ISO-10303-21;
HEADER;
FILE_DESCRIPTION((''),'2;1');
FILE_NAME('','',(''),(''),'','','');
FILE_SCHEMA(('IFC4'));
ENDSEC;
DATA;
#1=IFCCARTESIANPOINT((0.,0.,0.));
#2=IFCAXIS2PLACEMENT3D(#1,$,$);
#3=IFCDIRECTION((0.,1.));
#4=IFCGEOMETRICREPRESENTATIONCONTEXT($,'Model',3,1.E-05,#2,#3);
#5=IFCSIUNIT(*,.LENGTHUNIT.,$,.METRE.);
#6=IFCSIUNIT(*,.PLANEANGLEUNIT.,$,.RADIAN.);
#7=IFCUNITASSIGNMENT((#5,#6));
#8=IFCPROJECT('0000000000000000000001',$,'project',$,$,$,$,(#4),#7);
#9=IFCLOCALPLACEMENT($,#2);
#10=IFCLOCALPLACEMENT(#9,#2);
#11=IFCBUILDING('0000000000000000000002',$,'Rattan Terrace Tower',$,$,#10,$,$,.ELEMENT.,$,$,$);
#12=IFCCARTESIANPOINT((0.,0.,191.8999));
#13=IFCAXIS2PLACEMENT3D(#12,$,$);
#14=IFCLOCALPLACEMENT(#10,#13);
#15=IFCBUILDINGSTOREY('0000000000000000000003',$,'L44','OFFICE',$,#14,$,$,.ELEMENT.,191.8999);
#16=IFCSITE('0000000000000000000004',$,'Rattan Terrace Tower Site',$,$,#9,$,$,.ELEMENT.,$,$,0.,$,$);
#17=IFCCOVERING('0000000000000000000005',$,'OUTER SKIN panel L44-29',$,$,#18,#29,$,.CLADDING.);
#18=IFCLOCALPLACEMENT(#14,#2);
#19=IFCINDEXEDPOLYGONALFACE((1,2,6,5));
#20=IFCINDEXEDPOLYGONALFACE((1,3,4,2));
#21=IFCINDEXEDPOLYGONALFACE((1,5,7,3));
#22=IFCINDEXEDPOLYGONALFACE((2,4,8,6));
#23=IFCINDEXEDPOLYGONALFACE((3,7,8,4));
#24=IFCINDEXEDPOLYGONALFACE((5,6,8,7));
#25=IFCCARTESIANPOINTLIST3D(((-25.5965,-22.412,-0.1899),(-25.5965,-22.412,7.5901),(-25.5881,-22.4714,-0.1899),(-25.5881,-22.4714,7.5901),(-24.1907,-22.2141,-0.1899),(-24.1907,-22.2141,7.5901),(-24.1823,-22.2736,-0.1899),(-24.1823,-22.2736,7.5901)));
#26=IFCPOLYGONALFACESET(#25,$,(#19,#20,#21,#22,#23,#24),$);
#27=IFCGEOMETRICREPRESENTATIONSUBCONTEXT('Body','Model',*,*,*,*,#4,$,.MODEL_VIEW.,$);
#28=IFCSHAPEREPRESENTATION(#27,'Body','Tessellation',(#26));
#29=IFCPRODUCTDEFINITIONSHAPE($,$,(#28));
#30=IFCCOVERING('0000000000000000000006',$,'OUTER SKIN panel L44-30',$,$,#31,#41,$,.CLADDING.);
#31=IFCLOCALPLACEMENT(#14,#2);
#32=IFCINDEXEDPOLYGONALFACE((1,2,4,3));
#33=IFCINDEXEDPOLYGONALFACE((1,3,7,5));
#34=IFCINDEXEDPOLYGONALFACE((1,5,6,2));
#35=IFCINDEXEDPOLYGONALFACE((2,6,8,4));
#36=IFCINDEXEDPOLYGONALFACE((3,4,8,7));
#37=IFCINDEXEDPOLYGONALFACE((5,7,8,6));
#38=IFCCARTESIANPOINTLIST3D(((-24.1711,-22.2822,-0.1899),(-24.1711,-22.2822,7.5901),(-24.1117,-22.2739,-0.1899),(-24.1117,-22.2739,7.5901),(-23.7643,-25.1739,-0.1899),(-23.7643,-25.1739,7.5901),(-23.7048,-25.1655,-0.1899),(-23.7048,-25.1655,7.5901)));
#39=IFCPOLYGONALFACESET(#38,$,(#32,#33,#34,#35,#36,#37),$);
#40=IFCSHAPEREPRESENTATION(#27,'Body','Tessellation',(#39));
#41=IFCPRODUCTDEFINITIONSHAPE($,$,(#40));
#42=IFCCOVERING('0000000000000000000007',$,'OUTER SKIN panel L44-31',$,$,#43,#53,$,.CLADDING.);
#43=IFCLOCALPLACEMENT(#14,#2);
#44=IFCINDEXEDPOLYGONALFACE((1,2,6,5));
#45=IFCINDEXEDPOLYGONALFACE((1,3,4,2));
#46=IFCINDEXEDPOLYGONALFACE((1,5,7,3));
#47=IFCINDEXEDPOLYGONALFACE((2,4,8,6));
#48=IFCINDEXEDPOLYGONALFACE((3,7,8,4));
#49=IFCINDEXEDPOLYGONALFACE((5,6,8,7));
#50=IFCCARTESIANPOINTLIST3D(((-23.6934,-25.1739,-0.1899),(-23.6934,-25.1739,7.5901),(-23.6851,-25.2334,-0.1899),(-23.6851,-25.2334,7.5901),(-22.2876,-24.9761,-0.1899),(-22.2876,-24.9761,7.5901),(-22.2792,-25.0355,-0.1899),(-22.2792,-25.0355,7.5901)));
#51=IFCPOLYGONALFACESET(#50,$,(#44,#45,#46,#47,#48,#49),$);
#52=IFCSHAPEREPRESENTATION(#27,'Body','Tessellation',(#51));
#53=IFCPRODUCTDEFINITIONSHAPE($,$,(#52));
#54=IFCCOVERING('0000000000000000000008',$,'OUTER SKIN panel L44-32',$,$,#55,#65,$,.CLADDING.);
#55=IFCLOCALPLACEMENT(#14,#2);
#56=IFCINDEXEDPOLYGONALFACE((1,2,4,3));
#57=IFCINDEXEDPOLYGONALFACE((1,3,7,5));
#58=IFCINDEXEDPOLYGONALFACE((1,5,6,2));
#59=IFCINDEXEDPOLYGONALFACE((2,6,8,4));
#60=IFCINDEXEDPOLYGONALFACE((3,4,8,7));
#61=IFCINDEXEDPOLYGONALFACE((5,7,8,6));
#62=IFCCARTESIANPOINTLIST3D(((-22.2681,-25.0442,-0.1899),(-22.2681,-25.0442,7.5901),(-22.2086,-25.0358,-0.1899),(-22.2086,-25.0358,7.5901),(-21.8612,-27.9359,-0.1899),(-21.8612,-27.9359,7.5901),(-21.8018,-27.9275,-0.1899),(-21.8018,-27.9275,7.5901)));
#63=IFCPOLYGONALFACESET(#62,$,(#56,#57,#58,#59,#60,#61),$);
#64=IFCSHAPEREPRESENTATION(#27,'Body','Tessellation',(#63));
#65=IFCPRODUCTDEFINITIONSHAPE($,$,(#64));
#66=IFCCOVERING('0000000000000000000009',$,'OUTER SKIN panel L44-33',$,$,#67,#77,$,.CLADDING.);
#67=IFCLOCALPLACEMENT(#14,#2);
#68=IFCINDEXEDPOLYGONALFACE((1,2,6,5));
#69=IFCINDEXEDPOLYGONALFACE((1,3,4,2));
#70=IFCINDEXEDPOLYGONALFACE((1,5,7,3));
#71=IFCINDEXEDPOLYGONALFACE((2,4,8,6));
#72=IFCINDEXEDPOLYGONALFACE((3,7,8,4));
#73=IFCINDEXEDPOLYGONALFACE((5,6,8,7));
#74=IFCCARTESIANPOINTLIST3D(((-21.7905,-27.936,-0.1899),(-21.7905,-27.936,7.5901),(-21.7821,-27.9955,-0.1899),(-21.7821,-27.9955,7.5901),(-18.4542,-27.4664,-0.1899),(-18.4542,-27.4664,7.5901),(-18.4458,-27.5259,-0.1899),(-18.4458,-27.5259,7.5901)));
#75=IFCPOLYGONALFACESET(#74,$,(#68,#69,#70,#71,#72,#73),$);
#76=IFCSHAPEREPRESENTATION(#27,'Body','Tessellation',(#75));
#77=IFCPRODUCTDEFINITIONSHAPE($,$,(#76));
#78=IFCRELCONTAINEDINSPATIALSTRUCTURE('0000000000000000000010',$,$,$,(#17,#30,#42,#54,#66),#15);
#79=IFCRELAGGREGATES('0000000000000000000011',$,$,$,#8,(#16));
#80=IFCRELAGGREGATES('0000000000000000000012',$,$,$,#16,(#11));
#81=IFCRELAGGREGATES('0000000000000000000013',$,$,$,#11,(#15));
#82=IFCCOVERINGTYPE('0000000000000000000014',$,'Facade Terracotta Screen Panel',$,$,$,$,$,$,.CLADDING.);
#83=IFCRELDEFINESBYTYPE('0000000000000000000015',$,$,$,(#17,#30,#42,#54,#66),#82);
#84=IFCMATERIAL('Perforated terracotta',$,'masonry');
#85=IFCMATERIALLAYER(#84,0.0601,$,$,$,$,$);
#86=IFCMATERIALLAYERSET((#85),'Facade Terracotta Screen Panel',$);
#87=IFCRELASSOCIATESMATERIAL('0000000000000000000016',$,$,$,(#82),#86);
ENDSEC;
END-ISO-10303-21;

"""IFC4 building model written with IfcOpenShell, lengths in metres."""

from ifc_helpers import new_model, si_unit, direction, frame, origin, origin_2d, place, context, subcontext, project, spatial, rectangle, extrude, material, layer, layer_set, type_object, element, save


model = new_model("IFC4")

# Units and contexts
model_context = context("Model", 3, precision=1e-05, world=origin(), true_north=direction((0.0, 1.0)))
body_context = subcontext(model_context, "Body", "Model", "MODEL_VIEW")
ifc_project = project(units=[si_unit("LENGTHUNIT", "METRE"), si_unit("PLANEANGLEUNIT", "RADIAN")], contexts=[model_context])

# Site, building, storey
site_placement = place(None, origin())
site = spatial("IfcSite", under=ifc_project, at=site_placement, Name="Rattan Terrace Tower Site", CompositionType="ELEMENT", RefElevation=0.0)
building_placement = place(site_placement, origin())
building = spatial("IfcBuilding", under=site, at=building_placement, Name="Rattan Terrace Tower", CompositionType="ELEMENT")
storey_placement = place(building_placement, frame((0.0, 0.0, 191.8999)))
storey = spatial("IfcBuildingStorey", under=building, at=storey_placement, Name="L44", Description="OFFICE", CompositionType="ELEMENT", Elevation=191.8999)

# Coverings
ifc_material_1 = material(Name="Perforated terracotta", Category="masonry")
ifc_layer_1 = layer(ifc_material_1, 0.0601)
ifc_layer_set_1 = layer_set([ifc_layer_1], Name="Facade Terracotta Screen Panel")
covering_type = type_object("IfcCoveringType", Name="Facade Terracotta Screen Panel", PredefinedType="CLADDING", material=ifc_layer_set_1)
covering_1_placement = place(storey_placement, frame((-24.8894, -22.3428, -0.1899), z_axis=(0.0, 0.0, 1.0), x_axis=(0.990241, 0.139367, 0.0)))
element("IfcCovering", 1, at=covering_1_placement, inside=storey, type_object=covering_type, Name="OUTER SKIN panel L44-29", PredefinedType="CLADDING", context=body_context, shape_type="SweptSolid", body=[
    extrude(rectangle(XDim=1.4197, YDim=0.0601, at=origin_2d()), origin(), (0.0, 0.0, 1.0), 7.78),
])
covering_2_placement = place(storey_placement, frame((-23.938, -23.7239, -0.1899), z_axis=(0.0, 0.0, 1.0), x_axis=(0.139321, -0.990247, 0.0)))
element("IfcCovering", 2, at=covering_2_placement, inside=storey, type_object=covering_type, Name="OUTER SKIN panel L44-30", PredefinedType="CLADDING", context=body_context, shape_type="SweptSolid", body=[
    extrude(rectangle(XDim=2.9202, YDim=0.0601, at=origin_2d()), origin(), (0.0, 0.0, 1.0), 7.78),
])
covering_3_placement = place(storey_placement, frame((-22.9863, -25.1047, -0.1899), z_axis=(0.0, 0.0, 1.0), x_axis=(0.990241, 0.139367, 0.0)))
element("IfcCovering", 3, at=covering_3_placement, inside=storey, type_object=covering_type, Name="OUTER SKIN panel L44-31", PredefinedType="CLADDING", context=body_context, shape_type="SweptSolid", body=[
    extrude(rectangle(XDim=1.4197, YDim=0.0601, at=origin_2d()), origin(), (0.0, 0.0, 1.0), 7.78),
])
covering_4_placement = place(storey_placement, frame((-22.0349, -26.4858, -0.1899), z_axis=(0.0, 0.0, 1.0), x_axis=(0.139321, -0.990247, 0.0)))
element("IfcCovering", 4, at=covering_4_placement, inside=storey, type_object=covering_type, Name="OUTER SKIN panel L44-32", PredefinedType="CLADDING", context=body_context, shape_type="SweptSolid", body=[
    extrude(rectangle(XDim=2.9202, YDim=0.0601, at=origin_2d()), origin(), (0.0, 0.0, 1.0), 7.78),
])
covering_5_placement = place(storey_placement, frame((-20.1182, -27.731, -0.1899), z_axis=(0.0, 0.0, 1.0), x_axis=(0.990241, 0.139367, 0.0)))
element("IfcCovering", 5, at=covering_5_placement, inside=storey, type_object=covering_type, Name="OUTER SKIN panel L44-33", PredefinedType="CLADDING", context=body_context, shape_type="SweptSolid", body=[
    extrude(rectangle(XDim=3.3691, YDim=0.0601, at=origin_2d()), origin(), (0.0, 0.0, 1.0), 7.78),
])

save(model, "model.ifc")
